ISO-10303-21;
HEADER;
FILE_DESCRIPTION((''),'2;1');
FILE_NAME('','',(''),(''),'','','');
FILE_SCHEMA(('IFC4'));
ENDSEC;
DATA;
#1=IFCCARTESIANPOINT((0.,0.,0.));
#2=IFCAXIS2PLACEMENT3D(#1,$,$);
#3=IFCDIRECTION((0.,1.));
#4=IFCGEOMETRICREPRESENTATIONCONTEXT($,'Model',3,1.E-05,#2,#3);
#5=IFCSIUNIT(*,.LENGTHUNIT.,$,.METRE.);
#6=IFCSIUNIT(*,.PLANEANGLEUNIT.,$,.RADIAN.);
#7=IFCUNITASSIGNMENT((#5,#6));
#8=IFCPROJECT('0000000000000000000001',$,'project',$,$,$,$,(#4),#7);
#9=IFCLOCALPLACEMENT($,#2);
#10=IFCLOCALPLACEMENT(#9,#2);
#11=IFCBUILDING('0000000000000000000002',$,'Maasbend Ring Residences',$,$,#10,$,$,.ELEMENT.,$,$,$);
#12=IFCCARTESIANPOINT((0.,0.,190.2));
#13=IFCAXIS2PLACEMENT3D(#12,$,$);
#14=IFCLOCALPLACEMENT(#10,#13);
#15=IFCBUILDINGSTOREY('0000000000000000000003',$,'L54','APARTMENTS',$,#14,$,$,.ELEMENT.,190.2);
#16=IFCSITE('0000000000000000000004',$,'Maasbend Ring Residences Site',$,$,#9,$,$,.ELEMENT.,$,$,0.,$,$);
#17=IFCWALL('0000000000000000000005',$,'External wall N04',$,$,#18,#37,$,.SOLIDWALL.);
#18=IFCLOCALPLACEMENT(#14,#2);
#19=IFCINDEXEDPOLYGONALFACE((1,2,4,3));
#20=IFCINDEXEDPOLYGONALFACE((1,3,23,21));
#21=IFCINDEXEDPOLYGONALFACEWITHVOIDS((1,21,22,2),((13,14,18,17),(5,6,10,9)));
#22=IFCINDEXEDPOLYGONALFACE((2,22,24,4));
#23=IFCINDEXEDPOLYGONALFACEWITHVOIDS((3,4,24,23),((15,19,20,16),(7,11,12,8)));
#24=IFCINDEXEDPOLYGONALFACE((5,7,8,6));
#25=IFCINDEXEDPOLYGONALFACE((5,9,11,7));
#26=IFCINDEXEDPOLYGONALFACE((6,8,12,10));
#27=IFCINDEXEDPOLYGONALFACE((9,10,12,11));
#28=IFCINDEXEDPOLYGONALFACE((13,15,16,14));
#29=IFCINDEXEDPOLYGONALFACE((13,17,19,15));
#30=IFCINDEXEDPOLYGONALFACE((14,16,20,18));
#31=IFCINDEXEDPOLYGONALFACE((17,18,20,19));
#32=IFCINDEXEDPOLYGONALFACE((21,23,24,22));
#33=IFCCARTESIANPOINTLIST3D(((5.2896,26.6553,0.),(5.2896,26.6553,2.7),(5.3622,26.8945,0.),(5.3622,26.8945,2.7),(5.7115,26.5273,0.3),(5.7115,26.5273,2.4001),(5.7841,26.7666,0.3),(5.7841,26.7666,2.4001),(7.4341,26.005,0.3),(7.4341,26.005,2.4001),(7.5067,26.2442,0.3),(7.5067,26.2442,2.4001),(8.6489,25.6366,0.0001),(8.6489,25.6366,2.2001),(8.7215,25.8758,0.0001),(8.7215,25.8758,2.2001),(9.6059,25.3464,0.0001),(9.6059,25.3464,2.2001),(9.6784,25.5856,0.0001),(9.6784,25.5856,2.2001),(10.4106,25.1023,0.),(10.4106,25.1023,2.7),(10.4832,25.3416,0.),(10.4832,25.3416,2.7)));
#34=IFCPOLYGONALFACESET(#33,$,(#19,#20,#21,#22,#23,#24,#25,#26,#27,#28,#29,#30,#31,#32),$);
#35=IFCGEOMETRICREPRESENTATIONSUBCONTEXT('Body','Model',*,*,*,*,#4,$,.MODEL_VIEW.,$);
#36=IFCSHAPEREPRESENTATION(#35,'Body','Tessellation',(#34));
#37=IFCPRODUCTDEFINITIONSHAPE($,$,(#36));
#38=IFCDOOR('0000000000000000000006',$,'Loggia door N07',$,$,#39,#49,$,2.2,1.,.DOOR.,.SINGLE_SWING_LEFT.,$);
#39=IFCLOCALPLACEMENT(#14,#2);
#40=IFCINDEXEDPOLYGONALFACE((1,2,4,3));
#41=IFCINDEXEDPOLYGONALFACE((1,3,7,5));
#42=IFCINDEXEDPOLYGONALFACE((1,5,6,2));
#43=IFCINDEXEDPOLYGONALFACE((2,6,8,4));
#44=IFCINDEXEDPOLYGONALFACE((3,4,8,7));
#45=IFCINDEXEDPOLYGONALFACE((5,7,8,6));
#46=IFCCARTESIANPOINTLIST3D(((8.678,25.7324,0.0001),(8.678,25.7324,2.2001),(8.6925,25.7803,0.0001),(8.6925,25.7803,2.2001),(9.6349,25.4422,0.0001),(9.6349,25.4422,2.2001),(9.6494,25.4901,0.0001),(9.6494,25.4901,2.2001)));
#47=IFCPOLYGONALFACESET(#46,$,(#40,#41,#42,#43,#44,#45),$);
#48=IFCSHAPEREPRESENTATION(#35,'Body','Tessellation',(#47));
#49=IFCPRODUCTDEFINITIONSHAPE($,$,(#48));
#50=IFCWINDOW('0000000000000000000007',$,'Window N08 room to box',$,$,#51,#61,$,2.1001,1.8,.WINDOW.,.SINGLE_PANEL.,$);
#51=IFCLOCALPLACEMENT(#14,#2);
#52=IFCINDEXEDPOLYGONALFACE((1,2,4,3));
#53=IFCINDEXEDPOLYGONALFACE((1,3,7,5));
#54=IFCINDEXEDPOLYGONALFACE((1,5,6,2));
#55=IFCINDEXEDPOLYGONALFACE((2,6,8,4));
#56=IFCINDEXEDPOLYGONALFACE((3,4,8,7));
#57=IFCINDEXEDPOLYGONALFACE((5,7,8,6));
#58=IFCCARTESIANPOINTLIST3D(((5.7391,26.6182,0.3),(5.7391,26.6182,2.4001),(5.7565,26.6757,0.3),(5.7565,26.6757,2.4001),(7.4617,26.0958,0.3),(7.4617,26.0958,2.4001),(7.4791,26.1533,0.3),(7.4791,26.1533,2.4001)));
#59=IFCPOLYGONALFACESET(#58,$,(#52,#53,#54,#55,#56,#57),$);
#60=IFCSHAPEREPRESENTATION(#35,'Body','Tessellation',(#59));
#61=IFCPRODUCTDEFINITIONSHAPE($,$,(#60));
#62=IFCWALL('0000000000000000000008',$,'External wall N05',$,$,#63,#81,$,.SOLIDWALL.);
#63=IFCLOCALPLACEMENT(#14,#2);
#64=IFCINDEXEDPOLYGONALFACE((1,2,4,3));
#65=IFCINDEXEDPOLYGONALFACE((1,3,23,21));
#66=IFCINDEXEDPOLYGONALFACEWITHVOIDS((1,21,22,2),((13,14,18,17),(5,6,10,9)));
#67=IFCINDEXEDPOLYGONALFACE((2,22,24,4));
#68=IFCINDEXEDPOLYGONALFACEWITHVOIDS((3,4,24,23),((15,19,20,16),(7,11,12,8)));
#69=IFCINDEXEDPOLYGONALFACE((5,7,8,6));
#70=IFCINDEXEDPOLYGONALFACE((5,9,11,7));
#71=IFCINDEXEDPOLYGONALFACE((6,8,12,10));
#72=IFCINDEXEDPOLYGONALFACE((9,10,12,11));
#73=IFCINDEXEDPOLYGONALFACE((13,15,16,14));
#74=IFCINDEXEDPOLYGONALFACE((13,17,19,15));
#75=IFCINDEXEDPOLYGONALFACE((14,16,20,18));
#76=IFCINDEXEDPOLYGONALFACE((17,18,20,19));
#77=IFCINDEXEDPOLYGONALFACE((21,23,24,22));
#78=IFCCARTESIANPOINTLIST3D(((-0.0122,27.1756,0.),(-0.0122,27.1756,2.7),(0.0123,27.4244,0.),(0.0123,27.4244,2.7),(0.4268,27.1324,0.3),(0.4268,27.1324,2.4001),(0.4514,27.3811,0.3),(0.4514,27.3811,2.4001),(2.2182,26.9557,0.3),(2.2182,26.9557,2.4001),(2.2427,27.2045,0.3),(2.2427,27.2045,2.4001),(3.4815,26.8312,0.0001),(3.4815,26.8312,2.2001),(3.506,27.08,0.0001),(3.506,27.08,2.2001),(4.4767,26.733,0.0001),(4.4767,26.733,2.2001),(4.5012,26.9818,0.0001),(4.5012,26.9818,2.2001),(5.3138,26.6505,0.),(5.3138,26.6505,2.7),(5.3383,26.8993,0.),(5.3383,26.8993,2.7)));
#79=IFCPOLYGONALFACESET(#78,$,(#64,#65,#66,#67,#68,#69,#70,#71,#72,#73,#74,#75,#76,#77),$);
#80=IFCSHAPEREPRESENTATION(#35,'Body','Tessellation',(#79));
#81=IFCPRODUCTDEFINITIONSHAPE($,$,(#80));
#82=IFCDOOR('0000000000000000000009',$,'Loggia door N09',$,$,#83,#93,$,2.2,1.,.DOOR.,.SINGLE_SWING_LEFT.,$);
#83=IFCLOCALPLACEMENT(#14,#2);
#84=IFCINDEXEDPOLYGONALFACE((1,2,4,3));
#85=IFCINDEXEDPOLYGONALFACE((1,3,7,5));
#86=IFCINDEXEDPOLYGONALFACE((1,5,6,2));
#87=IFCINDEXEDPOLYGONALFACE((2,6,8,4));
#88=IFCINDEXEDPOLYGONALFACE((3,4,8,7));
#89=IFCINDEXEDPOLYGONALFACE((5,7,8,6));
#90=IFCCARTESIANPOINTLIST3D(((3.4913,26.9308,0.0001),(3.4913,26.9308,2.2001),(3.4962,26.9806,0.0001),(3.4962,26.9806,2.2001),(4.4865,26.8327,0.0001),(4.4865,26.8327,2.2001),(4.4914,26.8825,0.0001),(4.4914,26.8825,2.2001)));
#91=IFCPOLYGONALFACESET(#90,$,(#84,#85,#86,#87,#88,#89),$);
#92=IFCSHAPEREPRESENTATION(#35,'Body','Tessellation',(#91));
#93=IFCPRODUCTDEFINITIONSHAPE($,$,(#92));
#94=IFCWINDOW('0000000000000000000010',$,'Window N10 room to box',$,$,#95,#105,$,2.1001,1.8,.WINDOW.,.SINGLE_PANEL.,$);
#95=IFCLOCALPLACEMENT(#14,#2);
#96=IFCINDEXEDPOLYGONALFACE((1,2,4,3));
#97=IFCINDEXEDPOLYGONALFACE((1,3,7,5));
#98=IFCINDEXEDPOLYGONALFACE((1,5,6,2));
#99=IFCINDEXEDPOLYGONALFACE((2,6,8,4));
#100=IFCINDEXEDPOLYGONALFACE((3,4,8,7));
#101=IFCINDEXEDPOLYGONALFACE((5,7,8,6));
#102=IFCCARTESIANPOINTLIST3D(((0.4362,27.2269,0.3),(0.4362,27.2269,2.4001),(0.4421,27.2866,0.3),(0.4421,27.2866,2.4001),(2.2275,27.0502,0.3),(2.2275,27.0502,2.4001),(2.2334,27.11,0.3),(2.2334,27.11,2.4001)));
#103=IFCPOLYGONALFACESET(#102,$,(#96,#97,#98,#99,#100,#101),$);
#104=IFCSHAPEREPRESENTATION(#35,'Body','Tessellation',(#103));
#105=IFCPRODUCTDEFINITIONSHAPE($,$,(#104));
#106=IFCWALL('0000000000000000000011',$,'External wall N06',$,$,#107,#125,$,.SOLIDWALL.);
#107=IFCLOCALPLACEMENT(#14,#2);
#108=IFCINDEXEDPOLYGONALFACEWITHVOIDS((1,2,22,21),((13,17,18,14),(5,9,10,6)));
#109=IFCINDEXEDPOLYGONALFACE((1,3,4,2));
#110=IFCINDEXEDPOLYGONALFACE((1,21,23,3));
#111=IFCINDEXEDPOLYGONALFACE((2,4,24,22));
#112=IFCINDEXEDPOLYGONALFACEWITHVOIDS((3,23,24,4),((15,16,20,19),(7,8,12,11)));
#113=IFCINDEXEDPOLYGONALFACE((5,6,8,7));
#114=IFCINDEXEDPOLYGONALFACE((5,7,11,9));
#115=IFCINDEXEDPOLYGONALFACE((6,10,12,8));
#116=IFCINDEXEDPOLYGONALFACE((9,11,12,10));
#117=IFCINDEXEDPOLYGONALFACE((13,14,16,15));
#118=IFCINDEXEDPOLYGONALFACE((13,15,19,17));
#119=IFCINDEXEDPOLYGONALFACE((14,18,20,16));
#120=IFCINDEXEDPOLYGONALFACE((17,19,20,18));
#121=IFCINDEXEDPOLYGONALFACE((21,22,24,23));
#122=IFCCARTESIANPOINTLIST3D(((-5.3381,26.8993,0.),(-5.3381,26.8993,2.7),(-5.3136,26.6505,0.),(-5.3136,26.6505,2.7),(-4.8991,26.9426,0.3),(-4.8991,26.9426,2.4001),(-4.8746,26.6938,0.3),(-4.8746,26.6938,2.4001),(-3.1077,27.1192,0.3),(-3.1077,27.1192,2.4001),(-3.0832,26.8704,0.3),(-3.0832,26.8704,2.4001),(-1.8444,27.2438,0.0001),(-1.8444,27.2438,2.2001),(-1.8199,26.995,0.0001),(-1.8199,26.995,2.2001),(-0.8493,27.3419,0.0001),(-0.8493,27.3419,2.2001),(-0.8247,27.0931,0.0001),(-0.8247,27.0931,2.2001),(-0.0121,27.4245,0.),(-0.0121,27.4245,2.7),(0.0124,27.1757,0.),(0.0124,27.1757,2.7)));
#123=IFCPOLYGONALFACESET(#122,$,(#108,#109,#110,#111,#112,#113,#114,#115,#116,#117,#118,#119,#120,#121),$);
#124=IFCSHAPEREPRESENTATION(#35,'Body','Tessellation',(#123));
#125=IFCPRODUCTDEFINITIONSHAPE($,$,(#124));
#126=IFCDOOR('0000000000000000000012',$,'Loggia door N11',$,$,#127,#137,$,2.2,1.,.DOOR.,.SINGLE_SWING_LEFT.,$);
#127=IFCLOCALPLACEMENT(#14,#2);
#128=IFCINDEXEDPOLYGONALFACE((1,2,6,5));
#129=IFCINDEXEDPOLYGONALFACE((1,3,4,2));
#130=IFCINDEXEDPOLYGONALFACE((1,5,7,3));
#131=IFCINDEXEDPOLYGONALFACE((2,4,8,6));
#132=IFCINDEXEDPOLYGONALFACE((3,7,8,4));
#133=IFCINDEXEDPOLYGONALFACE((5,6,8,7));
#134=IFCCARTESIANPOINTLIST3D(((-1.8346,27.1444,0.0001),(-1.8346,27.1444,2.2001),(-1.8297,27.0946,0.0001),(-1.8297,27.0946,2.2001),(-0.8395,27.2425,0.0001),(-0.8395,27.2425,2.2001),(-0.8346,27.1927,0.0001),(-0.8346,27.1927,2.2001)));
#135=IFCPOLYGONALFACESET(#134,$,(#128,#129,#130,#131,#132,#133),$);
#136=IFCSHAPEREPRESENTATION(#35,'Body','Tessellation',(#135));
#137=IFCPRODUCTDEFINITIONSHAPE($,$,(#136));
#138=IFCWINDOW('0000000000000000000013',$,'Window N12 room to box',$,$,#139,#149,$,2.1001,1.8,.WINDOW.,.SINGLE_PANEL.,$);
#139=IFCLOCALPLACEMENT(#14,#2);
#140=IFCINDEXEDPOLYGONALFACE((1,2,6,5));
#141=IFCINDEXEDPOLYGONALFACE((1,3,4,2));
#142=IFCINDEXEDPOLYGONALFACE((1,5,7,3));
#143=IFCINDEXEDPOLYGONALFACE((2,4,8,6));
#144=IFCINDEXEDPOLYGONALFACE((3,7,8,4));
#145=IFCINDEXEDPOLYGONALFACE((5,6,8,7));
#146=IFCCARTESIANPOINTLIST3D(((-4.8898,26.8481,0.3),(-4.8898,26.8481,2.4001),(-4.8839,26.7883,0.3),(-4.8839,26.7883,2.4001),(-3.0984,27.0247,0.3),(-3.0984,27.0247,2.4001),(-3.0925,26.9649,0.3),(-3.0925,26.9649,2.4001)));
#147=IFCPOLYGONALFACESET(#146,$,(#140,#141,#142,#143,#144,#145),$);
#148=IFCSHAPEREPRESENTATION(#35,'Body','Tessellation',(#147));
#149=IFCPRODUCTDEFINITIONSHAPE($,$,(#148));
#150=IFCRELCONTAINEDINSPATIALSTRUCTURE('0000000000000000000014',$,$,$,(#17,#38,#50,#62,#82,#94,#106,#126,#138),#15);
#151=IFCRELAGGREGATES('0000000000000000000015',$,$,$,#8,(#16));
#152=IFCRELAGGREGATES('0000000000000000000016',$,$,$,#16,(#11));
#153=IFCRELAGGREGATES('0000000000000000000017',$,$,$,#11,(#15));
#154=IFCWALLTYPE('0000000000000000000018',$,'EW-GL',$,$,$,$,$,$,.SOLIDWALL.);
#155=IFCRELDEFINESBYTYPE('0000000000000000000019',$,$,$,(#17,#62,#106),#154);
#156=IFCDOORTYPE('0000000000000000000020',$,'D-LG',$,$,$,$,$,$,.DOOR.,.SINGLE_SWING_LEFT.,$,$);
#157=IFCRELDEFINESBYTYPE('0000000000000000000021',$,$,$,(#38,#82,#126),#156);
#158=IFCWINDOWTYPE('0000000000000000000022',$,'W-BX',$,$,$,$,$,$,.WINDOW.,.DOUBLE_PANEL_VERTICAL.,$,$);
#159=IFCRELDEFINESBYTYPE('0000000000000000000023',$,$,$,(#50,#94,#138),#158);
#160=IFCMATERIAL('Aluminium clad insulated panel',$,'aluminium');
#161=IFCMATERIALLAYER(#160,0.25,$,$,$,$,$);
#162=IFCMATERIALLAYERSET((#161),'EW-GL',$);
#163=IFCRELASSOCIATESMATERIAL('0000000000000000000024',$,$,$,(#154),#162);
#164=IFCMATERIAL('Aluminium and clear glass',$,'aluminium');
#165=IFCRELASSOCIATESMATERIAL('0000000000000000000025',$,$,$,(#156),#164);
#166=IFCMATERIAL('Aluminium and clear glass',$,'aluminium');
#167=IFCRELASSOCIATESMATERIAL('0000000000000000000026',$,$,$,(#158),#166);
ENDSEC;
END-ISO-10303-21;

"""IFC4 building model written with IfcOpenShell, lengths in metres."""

from ifc_helpers import new_model, si_unit, direction, frame, frame_2d, origin, place, context, subcontext, project, spatial, rectangle, extrude, material, layer, layer_set, type_object, element, fill, save


model = new_model("IFC4")

# Units and contexts
model_context = context("Model", 3, precision=1e-05, world=origin(), true_north=direction((0.0, 1.0)))
body_context = subcontext(model_context, "Body", "Model", "MODEL_VIEW")
ifc_project = project(units=[si_unit("LENGTHUNIT", "METRE"), si_unit("PLANEANGLEUNIT", "RADIAN")], contexts=[model_context])

# Site, building, storey
site_placement = place(None, origin())
site = spatial("IfcSite", under=ifc_project, at=site_placement, Name="Maasbend Ring Residences Site", CompositionType="ELEMENT", RefElevation=0.0)
building_placement = place(site_placement, origin())
building = spatial("IfcBuilding", under=site, at=building_placement, Name="Maasbend Ring Residences", CompositionType="ELEMENT")
storey_placement = place(building_placement, frame((0.0, 0.0, 190.2)))
storey = spatial("IfcBuildingStorey", under=building, at=storey_placement, Name="L54", Description="APARTMENTS", CompositionType="ELEMENT", Elevation=190.2)

# Walls, openings, doors, windows
ifc_material_1 = material(Name="Aluminium clad insulated panel", Category="aluminium")
ifc_layer_1 = layer(ifc_material_1, 0.25)
ifc_layer_set_1 = layer_set([ifc_layer_1], Name="EW-GL")
wall_type_1 = type_object("IfcWallType", Name="EW-GL", PredefinedType="SOLIDWALL", material=ifc_layer_set_1)
wall_1_placement = place(storey_placement, frame((10.447, 25.2219, 0.0), z_axis=(0.0, 0.0, 1.0), x_axis=(-0.956966, 0.290201, 0.0)))
wall_1 = element("IfcWall", 1, at=wall_1_placement, inside=storey, type_object=wall_type_1, Name="External wall N04", PredefinedType="SOLIDWALL", context=body_context, shape_type="SweptSolid", body=[
    extrude(rectangle(XDim=5.3513, YDim=0.25, at=frame_2d((2.6758, 0.0))), origin(), (0.0, 0.0, 1.0), 2.7),
])
opening_1_placement = place(wall_1_placement, frame((0.8411, 0.0, 0.0)))
opening_1 = element("IfcOpeningElement", 2, at=opening_1_placement, cuts=wall_1, PredefinedType="OPENING", context=body_context, shape_type="SweptSolid", body=[
    extrude(rectangle(XDim=1.0, YDim=2.2, at=frame_2d((0.5, 1.1001))), frame((0.0, 0.135, 0.0), z_axis=(0.0, -1.0, 0.0), x_axis=(1.0, 0.0, 0.0)), (0.0, 0.0, 1.0), 0.27),
])
opening_2_placement = place(wall_1_placement, frame((3.1106, 0.0, 0.3)))
opening_2 = element("IfcOpeningElement", 3, at=opening_2_placement, cuts=wall_1, PredefinedType="OPENING", context=body_context, shape_type="SweptSolid", body=[
    extrude(rectangle(XDim=1.8, YDim=2.1001, at=frame_2d((0.8999, 1.05))), frame((0.0, 0.135, 0.0), z_axis=(0.0, -1.0, 0.0), x_axis=(1.0, 0.0, 0.0)), (0.0, 0.0, 1.0), 0.27),
])
ifc_material_2 = material(Name="Aluminium and clear glass", Category="aluminium")
door_type_1 = type_object("IfcDoorType", Name="D-LG", OperationType="SINGLE_SWING_LEFT", PredefinedType="DOOR", material=ifc_material_2)
door_1_placement = place(opening_1_placement, origin())
door_1 = element("IfcDoor", 4, at=door_1_placement, inside=storey, type_object=door_type_1, Name="Loggia door N07", OperationType="SINGLE_SWING_LEFT", OverallHeight=2.2, OverallWidth=1.0, PredefinedType="DOOR", context=body_context, shape_type="SweptSolid", body=[
    extrude(rectangle(XDim=1.0, YDim=2.2, at=frame_2d((0.5, 1.1001))), frame((0.0, 0.0249, 0.0), z_axis=(0.0, -1.0, 0.0), x_axis=(1.0, 0.0, 0.0)), (0.0, 0.0, 1.0), 0.05),
])
fill(opening_1, door_1)
ifc_material_3 = material(Name="Aluminium and clear glass", Category="aluminium")
window_type_1 = type_object("IfcWindowType", Name="W-BX", PartitioningType="DOUBLE_PANEL_VERTICAL", PredefinedType="WINDOW", material=ifc_material_3)
window_1_placement = place(opening_2_placement, origin())
window_1 = element("IfcWindow", 5, at=window_1_placement, inside=storey, type_object=window_type_1, Name="Window N08 room to box", OverallHeight=2.1001, OverallWidth=1.8, PartitioningType="SINGLE_PANEL", PredefinedType="WINDOW", context=body_context, shape_type="SweptSolid", body=[
    extrude(rectangle(XDim=1.8, YDim=2.1001, at=frame_2d((0.8999, 1.05))), frame((0.0, 0.03, 0.0), z_axis=(0.0, -1.0, 0.0), x_axis=(1.0, 0.0, 0.0)), (0.0, 0.0, 1.0), 0.0601),
])
fill(opening_2, window_1)
wall_2_placement = place(storey_placement, frame((5.3259, 26.7749, 0.0), z_axis=(0.0, 0.0, 1.0), x_axis=(-0.995174, 0.098126, 0.0)))
wall_2 = element("IfcWall", 6, at=wall_2_placement, inside=storey, type_object=wall_type_1, Name="External wall N05", PredefinedType="SOLIDWALL", context=body_context, shape_type="SweptSolid", body=[
    extrude(rectangle(XDim=5.3518, YDim=0.25, at=frame_2d((2.6758, 0.0))), origin(), (0.0, 0.0, 1.0), 2.7),
])
opening_3_placement = place(wall_2_placement, frame((0.8411, 0.0, 0.0)))
opening_3 = element("IfcOpeningElement", 7, at=opening_3_placement, cuts=wall_2, PredefinedType="OPENING", context=body_context, shape_type="SweptSolid", body=[
    extrude(rectangle(XDim=1.0, YDim=2.2, at=frame_2d((0.5, 1.1001))), frame((0.0, 0.135, 0.0), z_axis=(0.0, -1.0, 0.0), x_axis=(1.0, 0.0, 0.0)), (0.0, 0.0, 1.0), 0.27),
])
opening_4_placement = place(wall_2_placement, frame((3.1106, 0.0, 0.3)))
opening_4 = element("IfcOpeningElement", 8, at=opening_4_placement, cuts=wall_2, PredefinedType="OPENING", context=body_context, shape_type="SweptSolid", body=[
    extrude(rectangle(XDim=1.8, YDim=2.1001, at=frame_2d((0.8999, 1.05))), frame((0.0, 0.135, 0.0), z_axis=(0.0, -1.0, 0.0), x_axis=(1.0, 0.0, 0.0)), (0.0, 0.0, 1.0), 0.27),
])
door_2_placement = place(opening_3_placement, origin())
door_2 = element("IfcDoor", 9, at=door_2_placement, inside=storey, type_object=door_type_1, Name="Loggia door N09", OperationType="SINGLE_SWING_LEFT", OverallHeight=2.2, OverallWidth=1.0, PredefinedType="DOOR", context=body_context, shape_type="SweptSolid", body=[
    extrude(rectangle(XDim=1.0, YDim=2.2, at=frame_2d((0.5, 1.1001))), frame((0.0, 0.0249, 0.0), z_axis=(0.0, -1.0, 0.0), x_axis=(1.0, 0.0, 0.0)), (0.0, 0.0, 1.0), 0.05),
])
fill(opening_3, door_2)
window_2_placement = place(opening_4_placement, origin())
window_2 = element("IfcWindow", 10, at=window_2_placement, inside=storey, type_object=window_type_1, Name="Window N10 room to box", OverallHeight=2.1001, OverallWidth=1.8, PartitioningType="SINGLE_PANEL", PredefinedType="WINDOW", context=body_context, shape_type="SweptSolid", body=[
    extrude(rectangle(XDim=1.8, YDim=2.1001, at=frame_2d((0.8999, 1.05))), frame((0.0, 0.03, 0.0), z_axis=(0.0, -1.0, 0.0), x_axis=(1.0, 0.0, 0.0)), (0.0, 0.0, 1.0), 0.0601),
])
fill(opening_4, window_2)
wall_3_placement = place(storey_placement, frame((0.0, 27.3, 0.0), z_axis=(0.0, 0.0, 1.0), x_axis=(-0.995174, -0.098126, 0.0)))
wall_3 = element("IfcWall", 11, at=wall_3_placement, inside=storey, type_object=wall_type_1, Name="External wall N06", PredefinedType="SOLIDWALL", context=body_context, shape_type="SweptSolid", body=[
    extrude(rectangle(XDim=5.3518, YDim=0.25, at=frame_2d((2.6758, 0.0))), origin(), (0.0, 0.0, 1.0), 2.7),
])
opening_5_placement = place(wall_3_placement, frame((0.8411, 0.0, 0.0)))
opening_5 = element("IfcOpeningElement", 12, at=opening_5_placement, cuts=wall_3, PredefinedType="OPENING", context=body_context, shape_type="SweptSolid", body=[
    extrude(rectangle(XDim=1.0, YDim=2.2, at=frame_2d((0.5, 1.1001))), frame((0.0, 0.135, 0.0), z_axis=(0.0, -1.0, 0.0), x_axis=(1.0, 0.0, 0.0)), (0.0, 0.0, 1.0), 0.27),
])
opening_6_placement = place(wall_3_placement, frame((3.1106, 0.0, 0.3)))
opening_6 = element("IfcOpeningElement", 13, at=opening_6_placement, cuts=wall_3, PredefinedType="OPENING", context=body_context, shape_type="SweptSolid", body=[
    extrude(rectangle(XDim=1.8, YDim=2.1001, at=frame_2d((0.8999, 1.05))), frame((0.0, 0.135, 0.0), z_axis=(0.0, -1.0, 0.0), x_axis=(1.0, 0.0, 0.0)), (0.0, 0.0, 1.0), 0.27),
])
door_3_placement = place(opening_5_placement, origin())
door_3 = element("IfcDoor", 14, at=door_3_placement, inside=storey, type_object=door_type_1, Name="Loggia door N11", OperationType="SINGLE_SWING_LEFT", OverallHeight=2.2, OverallWidth=1.0, PredefinedType="DOOR", context=body_context, shape_type="SweptSolid", body=[
    extrude(rectangle(XDim=1.0, YDim=2.2, at=frame_2d((0.5, 1.1001))), frame((0.0, 0.0249, 0.0), z_axis=(0.0, -1.0, 0.0), x_axis=(1.0, 0.0, 0.0)), (0.0, 0.0, 1.0), 0.05),
])
fill(opening_5, door_3)
window_3_placement = place(opening_6_placement, origin())
window_3 = element("IfcWindow", 15, at=window_3_placement, inside=storey, type_object=window_type_1, Name="Window N12 room to box", OverallHeight=2.1001, OverallWidth=1.8, PartitioningType="SINGLE_PANEL", PredefinedType="WINDOW", context=body_context, shape_type="SweptSolid", body=[
    extrude(rectangle(XDim=1.8, YDim=2.1001, at=frame_2d((0.8999, 1.05))), frame((0.0, 0.03, 0.0), z_axis=(0.0, -1.0, 0.0), x_axis=(1.0, 0.0, 0.0)), (0.0, 0.0, 1.0), 0.0601),
])
fill(opening_6, window_3)

save(model, "model.ifc")
